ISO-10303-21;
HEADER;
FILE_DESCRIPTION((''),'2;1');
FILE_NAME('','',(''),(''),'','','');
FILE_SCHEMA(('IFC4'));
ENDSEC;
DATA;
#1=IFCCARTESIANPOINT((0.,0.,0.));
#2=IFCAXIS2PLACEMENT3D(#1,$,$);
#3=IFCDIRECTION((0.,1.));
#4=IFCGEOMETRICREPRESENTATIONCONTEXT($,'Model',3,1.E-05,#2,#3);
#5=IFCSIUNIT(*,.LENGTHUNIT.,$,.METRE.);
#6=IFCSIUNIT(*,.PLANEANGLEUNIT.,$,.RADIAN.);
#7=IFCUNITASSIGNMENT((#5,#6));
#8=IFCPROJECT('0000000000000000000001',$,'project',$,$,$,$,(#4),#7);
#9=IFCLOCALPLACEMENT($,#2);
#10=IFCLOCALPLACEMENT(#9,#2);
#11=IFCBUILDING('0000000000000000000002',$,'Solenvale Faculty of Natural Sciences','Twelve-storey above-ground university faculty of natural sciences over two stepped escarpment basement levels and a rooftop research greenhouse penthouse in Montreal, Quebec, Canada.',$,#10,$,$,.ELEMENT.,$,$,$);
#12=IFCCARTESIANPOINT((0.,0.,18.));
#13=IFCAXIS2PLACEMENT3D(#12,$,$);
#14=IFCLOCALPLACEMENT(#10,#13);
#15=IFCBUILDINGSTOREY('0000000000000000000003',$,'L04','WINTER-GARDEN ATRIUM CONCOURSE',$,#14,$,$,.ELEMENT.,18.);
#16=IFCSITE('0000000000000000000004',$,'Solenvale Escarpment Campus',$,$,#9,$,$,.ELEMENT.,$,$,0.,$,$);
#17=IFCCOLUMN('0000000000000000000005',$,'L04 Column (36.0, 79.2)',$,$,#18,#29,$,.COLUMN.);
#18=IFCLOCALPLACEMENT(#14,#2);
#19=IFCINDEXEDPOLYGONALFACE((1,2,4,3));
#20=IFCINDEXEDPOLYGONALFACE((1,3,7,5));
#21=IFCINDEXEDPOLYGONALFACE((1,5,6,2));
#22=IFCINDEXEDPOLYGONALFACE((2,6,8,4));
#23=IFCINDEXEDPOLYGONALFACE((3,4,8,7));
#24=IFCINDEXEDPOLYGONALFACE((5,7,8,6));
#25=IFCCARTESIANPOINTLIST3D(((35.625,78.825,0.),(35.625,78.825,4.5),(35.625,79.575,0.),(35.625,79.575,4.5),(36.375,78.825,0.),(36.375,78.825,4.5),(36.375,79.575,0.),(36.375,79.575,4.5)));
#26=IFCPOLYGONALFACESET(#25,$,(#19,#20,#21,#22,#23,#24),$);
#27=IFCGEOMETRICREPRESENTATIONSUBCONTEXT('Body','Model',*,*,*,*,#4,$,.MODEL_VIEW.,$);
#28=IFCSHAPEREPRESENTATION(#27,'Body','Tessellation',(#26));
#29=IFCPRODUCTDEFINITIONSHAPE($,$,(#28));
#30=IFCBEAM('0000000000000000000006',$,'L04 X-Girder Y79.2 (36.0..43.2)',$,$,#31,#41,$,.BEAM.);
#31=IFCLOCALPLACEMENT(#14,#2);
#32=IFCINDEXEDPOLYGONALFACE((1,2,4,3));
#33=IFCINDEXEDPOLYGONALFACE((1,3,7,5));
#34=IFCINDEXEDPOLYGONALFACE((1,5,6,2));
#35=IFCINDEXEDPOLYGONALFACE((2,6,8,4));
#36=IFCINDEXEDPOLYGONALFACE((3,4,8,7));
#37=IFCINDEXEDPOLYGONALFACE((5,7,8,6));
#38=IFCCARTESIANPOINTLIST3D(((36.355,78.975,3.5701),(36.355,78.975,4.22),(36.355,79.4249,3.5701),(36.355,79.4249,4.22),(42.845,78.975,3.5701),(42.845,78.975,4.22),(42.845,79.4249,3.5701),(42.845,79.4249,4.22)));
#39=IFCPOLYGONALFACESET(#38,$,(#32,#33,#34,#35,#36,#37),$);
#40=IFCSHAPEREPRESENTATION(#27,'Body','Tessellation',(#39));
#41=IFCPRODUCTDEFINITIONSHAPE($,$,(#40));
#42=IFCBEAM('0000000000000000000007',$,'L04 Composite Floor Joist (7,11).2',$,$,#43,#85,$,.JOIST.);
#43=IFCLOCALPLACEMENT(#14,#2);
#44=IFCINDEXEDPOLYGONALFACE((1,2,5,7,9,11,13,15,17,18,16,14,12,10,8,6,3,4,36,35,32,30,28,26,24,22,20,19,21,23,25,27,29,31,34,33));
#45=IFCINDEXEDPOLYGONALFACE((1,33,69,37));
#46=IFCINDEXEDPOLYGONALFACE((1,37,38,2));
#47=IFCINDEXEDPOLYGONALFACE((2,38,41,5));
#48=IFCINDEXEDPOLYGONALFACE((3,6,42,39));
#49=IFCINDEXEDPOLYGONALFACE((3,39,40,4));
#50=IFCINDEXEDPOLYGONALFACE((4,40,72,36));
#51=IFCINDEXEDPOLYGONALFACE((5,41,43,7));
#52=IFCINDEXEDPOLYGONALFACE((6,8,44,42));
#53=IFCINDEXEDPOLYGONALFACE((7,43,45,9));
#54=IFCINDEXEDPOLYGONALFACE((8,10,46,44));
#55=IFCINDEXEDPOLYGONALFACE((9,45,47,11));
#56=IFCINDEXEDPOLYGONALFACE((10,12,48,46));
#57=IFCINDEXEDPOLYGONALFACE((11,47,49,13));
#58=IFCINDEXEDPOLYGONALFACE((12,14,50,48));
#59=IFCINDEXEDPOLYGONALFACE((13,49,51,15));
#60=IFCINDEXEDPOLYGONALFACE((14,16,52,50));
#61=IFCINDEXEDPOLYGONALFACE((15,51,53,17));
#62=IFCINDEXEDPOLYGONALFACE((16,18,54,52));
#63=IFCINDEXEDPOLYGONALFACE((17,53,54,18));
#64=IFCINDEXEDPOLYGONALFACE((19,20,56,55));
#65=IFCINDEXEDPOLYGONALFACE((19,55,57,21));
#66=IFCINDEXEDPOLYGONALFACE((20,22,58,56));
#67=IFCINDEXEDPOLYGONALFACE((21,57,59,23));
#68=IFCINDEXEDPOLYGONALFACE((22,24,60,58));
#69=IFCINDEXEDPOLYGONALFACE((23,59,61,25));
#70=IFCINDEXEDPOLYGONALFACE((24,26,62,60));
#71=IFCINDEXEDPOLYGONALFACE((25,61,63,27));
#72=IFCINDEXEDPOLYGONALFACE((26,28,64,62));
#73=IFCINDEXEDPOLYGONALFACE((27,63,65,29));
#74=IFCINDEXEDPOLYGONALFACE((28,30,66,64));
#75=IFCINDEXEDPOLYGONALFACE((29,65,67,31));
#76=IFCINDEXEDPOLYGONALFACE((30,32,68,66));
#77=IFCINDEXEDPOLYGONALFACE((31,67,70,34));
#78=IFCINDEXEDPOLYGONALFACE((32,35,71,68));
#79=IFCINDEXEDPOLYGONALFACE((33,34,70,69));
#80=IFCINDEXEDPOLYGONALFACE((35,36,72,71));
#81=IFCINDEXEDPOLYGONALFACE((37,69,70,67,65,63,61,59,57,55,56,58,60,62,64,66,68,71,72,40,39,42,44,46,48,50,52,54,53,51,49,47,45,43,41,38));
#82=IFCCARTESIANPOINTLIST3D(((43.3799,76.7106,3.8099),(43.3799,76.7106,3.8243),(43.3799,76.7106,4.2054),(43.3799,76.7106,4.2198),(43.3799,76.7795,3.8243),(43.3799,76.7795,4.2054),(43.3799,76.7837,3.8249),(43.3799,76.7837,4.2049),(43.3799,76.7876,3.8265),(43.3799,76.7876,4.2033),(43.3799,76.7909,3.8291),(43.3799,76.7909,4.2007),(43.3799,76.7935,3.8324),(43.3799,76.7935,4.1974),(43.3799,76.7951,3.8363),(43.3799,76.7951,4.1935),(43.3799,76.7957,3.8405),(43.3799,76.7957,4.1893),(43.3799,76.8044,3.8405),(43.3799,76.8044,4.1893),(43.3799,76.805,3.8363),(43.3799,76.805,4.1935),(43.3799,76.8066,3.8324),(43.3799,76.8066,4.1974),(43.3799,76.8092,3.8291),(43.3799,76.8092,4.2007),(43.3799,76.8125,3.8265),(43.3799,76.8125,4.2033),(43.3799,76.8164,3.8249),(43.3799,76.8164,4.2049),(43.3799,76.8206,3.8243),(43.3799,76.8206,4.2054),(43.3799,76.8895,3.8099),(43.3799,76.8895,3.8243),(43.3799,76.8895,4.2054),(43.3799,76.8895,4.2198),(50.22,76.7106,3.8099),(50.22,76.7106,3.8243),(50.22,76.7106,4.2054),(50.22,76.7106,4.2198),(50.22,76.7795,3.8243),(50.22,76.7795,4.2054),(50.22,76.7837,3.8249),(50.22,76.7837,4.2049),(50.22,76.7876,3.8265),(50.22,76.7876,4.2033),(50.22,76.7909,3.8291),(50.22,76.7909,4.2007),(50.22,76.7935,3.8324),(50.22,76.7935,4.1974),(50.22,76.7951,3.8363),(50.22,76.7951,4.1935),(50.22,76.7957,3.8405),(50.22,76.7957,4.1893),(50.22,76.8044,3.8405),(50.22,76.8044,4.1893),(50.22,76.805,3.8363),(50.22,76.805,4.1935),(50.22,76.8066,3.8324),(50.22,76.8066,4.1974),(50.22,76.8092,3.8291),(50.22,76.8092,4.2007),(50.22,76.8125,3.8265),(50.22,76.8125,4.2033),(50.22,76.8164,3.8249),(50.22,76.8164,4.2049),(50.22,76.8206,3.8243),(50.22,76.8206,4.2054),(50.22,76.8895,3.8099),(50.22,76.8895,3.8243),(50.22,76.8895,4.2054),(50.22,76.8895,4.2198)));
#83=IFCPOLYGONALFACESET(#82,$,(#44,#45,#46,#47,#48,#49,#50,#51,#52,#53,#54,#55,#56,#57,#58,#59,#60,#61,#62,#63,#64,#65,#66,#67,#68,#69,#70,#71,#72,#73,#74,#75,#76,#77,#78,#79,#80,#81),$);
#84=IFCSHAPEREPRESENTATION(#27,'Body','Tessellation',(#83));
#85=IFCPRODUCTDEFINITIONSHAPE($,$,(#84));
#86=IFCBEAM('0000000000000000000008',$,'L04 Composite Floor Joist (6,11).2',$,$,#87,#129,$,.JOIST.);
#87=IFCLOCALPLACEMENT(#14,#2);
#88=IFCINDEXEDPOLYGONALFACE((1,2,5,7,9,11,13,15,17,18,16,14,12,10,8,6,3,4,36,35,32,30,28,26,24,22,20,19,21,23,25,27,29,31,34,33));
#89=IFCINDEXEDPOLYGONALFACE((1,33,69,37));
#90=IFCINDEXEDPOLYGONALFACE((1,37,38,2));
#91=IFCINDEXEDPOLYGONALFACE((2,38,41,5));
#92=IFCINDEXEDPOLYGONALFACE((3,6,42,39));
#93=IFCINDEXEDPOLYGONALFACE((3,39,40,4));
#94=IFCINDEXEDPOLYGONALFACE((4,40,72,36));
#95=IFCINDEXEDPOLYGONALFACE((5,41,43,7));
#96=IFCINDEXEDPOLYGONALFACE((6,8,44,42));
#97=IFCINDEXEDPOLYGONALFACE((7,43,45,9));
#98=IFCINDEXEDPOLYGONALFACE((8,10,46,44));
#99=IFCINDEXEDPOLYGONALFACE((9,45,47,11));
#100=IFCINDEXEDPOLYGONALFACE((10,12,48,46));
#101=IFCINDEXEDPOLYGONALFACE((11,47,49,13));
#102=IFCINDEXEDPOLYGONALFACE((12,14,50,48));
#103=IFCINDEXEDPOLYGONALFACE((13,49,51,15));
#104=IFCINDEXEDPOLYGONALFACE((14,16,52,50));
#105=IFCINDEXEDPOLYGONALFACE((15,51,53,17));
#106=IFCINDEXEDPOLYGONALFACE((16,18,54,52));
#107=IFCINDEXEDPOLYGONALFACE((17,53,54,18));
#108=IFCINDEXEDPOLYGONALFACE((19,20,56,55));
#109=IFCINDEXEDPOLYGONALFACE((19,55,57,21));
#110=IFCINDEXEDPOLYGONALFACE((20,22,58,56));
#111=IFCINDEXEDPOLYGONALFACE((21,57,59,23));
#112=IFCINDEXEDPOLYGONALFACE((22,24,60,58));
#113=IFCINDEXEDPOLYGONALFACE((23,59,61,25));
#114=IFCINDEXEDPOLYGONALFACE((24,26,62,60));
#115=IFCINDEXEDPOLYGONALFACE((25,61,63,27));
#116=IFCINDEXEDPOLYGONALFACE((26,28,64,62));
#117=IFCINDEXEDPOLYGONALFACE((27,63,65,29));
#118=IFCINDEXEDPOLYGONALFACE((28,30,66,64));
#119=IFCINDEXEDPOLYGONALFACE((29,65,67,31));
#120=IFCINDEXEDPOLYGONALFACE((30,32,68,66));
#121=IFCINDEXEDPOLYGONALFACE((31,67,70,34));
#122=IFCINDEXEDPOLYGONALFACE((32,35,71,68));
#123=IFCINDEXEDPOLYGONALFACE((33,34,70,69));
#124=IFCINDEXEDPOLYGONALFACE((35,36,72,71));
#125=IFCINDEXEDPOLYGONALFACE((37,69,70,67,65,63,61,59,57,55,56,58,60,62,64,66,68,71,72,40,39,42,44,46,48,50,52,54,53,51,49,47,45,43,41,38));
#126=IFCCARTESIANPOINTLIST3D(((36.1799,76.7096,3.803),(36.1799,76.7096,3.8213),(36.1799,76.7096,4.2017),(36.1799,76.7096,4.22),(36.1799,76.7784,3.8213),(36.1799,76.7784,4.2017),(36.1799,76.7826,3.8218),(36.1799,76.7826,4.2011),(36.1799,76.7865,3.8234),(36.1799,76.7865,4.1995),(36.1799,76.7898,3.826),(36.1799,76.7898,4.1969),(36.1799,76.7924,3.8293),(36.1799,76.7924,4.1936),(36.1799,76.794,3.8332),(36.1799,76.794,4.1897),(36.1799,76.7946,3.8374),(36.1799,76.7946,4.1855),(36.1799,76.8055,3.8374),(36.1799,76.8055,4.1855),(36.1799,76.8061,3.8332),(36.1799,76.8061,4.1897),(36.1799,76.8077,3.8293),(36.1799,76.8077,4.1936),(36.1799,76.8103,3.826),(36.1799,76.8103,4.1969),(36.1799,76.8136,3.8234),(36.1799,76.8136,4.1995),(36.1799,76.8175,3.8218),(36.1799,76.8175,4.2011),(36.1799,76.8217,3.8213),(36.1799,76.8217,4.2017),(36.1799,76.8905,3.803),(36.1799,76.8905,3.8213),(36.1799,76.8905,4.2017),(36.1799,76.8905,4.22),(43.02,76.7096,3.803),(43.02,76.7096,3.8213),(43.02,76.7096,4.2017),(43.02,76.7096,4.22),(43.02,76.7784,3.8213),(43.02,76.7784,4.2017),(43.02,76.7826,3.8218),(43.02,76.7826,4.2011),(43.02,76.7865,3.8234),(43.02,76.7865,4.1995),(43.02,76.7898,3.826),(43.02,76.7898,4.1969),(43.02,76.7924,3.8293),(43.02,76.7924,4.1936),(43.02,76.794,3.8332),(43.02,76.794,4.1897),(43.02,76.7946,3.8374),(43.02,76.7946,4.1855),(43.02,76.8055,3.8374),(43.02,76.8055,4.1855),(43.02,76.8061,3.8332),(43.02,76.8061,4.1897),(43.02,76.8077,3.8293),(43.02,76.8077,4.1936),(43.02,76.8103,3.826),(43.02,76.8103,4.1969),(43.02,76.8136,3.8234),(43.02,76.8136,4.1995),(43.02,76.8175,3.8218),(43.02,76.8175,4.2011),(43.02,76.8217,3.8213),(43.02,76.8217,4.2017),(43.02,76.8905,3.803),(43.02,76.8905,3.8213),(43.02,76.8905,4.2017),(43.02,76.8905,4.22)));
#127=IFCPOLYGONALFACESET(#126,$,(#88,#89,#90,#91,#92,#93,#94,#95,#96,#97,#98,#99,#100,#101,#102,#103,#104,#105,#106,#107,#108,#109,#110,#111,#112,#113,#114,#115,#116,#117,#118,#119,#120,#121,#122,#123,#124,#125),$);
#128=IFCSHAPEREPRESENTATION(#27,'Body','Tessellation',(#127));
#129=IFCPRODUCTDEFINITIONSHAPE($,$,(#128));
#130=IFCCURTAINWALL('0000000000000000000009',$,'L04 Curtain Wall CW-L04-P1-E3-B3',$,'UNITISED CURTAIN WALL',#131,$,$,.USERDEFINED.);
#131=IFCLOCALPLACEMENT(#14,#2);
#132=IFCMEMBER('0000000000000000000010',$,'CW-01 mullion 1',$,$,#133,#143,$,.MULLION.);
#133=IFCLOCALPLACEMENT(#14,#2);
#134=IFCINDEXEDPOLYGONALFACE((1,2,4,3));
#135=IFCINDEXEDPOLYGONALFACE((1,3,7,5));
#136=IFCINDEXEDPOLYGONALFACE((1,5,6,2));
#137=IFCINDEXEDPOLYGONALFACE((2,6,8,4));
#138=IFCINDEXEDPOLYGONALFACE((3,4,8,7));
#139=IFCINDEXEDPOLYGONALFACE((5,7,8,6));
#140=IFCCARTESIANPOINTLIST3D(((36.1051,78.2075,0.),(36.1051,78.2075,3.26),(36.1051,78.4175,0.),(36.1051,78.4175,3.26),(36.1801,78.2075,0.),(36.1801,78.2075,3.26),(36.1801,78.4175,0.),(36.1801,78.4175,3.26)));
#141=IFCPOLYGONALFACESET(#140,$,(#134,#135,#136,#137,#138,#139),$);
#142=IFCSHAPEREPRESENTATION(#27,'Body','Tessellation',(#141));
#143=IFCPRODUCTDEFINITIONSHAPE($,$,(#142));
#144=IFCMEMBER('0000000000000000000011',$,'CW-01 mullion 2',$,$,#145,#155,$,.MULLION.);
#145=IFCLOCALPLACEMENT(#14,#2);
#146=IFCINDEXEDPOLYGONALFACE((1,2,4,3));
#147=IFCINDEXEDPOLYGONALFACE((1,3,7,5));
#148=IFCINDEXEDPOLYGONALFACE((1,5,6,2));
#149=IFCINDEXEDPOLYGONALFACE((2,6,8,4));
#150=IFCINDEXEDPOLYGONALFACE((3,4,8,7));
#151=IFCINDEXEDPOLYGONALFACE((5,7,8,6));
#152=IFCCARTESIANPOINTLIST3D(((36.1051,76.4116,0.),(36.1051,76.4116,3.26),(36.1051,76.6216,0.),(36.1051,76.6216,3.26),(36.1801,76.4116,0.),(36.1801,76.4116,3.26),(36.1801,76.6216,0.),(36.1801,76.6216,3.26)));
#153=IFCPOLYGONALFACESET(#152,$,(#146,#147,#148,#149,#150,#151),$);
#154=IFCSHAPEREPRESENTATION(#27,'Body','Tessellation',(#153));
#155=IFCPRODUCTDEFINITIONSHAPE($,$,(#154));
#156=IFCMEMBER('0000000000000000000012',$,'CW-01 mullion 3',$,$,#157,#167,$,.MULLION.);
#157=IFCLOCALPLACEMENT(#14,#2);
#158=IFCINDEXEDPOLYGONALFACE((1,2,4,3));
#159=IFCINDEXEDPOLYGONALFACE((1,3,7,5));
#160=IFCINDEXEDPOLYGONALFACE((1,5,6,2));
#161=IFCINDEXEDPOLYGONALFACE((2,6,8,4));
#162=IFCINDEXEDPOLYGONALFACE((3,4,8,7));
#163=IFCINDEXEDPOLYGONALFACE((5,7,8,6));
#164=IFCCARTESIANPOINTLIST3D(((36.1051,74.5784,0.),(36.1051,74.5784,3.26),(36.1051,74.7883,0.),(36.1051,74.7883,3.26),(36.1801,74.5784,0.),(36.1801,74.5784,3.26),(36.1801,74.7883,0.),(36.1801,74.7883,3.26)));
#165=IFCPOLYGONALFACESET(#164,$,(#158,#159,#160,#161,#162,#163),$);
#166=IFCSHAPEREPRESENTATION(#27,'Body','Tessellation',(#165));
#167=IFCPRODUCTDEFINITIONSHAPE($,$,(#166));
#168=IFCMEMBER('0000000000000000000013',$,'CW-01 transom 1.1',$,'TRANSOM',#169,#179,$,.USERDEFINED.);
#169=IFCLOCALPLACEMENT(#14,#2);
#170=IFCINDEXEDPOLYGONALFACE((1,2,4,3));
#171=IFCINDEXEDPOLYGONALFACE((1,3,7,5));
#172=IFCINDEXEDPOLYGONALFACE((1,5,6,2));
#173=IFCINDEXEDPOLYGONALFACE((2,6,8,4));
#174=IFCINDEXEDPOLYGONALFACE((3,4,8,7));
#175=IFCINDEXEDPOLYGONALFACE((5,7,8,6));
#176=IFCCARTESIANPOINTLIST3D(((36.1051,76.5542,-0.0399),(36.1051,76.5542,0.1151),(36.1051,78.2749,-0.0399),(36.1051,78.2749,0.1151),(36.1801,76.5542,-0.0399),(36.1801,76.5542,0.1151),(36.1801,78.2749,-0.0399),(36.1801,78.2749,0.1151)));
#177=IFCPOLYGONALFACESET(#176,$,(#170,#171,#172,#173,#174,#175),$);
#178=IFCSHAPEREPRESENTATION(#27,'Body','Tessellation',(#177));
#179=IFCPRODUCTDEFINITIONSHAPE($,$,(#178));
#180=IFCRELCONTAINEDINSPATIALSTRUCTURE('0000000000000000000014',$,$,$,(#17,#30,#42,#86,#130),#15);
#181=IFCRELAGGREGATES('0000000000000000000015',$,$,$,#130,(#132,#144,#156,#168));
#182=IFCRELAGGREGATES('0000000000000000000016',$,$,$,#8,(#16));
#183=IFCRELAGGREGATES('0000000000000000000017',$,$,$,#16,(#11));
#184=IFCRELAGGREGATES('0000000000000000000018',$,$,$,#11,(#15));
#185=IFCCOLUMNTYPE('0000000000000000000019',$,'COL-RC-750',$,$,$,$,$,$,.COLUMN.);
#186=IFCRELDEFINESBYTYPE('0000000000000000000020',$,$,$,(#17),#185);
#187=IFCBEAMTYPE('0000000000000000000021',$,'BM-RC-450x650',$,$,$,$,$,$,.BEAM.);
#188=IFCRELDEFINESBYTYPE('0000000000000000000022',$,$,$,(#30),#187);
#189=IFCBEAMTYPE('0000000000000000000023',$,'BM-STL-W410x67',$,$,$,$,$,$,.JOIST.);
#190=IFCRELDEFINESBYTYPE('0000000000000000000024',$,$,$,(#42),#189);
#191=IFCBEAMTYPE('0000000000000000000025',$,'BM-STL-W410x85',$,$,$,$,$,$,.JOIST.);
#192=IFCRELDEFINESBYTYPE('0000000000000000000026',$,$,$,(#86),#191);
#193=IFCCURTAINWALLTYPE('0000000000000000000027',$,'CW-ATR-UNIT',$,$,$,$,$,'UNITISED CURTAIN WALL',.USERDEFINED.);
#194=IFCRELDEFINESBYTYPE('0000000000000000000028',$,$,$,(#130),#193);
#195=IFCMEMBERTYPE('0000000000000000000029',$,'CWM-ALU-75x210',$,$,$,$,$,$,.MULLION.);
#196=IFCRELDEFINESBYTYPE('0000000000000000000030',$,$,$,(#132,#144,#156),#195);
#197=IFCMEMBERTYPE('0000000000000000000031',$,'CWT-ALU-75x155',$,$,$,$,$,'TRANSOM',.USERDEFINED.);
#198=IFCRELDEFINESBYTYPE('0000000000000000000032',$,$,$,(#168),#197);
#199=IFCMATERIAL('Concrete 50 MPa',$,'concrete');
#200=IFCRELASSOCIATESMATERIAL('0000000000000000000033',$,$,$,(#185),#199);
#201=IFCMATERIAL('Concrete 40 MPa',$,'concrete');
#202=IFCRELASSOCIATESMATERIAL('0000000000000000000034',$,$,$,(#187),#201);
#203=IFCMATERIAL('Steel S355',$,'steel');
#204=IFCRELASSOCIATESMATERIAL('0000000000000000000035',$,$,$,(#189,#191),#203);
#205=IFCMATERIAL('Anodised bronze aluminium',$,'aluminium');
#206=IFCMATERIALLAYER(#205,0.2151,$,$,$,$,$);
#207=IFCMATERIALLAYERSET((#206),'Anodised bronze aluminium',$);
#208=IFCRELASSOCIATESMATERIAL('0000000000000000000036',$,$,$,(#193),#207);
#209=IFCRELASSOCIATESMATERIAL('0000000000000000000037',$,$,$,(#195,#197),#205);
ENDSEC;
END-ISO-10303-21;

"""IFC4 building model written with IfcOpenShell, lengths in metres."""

from ifc_helpers import new_model, si_unit, direction, frame, origin, origin_2d, place, context, subcontext, project, spatial, rectangle, i_section, extrude, material, layer, layer_set, material_profile, profile_set, type_object, element, aggregate, save


model = new_model("IFC4")

# Units and contexts
model_context = context("Model", 3, precision=1e-05, world=origin(), true_north=direction((0.0, 1.0)))
body_context = subcontext(model_context, "Body", "Model", "MODEL_VIEW")
ifc_project = project(units=[si_unit("LENGTHUNIT", "METRE"), si_unit("PLANEANGLEUNIT", "RADIAN")], contexts=[model_context])

# Site, building, storey
site_placement = place(None, origin())
site = spatial("IfcSite", under=ifc_project, at=site_placement, Name="Solenvale Escarpment Campus", CompositionType="ELEMENT", RefElevation=0.0)
building_placement = place(site_placement, origin())
building = spatial("IfcBuilding", under=site, at=building_placement, Name="Solenvale Faculty of Natural Sciences", Description="Twelve-storey above-ground university faculty of natural sciences over two stepped escarpment basement levels and a rooftop research greenhouse penthouse in Montreal, Quebec, Canada.", CompositionType="ELEMENT")
storey_placement = place(building_placement, frame((0.0, 0.0, 18.0)))
storey = spatial("IfcBuildingStorey", under=building, at=storey_placement, Name="L04", Description="WINTER-GARDEN ATRIUM CONCOURSE", CompositionType="ELEMENT", Elevation=18.0)

# Column
ifc_material_1 = material(Name="Concrete 50 MPa", Category="concrete")
ifc_material_profile_1 = material_profile(ifc_material_1, rectangle(XDim=0.75, YDim=0.75, at=origin_2d()), Name="RC-COL-750x750")
ifc_profile_set_1 = profile_set([ifc_material_profile_1], Name="Concrete 50 MPa")
column_type = type_object("IfcColumnType", Name="COL-RC-750", PredefinedType="COLUMN", material=ifc_profile_set_1)
column_placement = place(storey_placement, frame((36.0, 79.2, 0.0), z_axis=(0.0, 0.0, 1.0), x_axis=(1.0, 0.0, 0.0)))
element("IfcColumn", 1, at=column_placement, inside=storey, type_object=column_type, Name="L04 Column (36.0, 79.2)", PredefinedType="COLUMN", context=body_context, shape_type="SweptSolid", body=[
    extrude(rectangle(XDim=0.75, YDim=0.75, at=origin_2d()), origin(), (0.0, 0.0, 1.0), 4.5),
])

# Beams
ifc_material_2 = material(Name="Concrete 40 MPa", Category="concrete")
ifc_material_profile_2 = material_profile(ifc_material_2, rectangle(XDim=0.45, YDim=0.6499, at=origin_2d()), Name="RC-BM-450x650")
ifc_profile_set_2 = profile_set([ifc_material_profile_2], Name="Concrete 40 MPa")
beam_type_1 = type_object("IfcBeamType", Name="BM-RC-450x650", PredefinedType="BEAM", material=ifc_profile_set_2)
beam_1_placement = place(storey_placement, frame((36.355, 79.2, 3.895), z_axis=(1.0, 0.0, 0.0), x_axis=(0.0, 1.0, 0.0)))
element("IfcBeam", 2, at=beam_1_placement, inside=storey, type_object=beam_type_1, Name="L04 X-Girder Y79.2 (36.0..43.2)", PredefinedType="BEAM", context=body_context, shape_type="SweptSolid", body=[
    extrude(rectangle(XDim=0.45, YDim=0.6499, at=origin_2d()), origin(), (0.0, 0.0, 1.0), 6.49),
])
ifc_material_3 = material(Name="Steel S355", Category="steel")
ifc_material_profile_3 = material_profile(ifc_material_3, i_section(OverallWidth=0.179, OverallDepth=0.4099, WebThickness=0.0088, FlangeThickness=0.0144, FilletRadius=0.0161, at=origin_2d()), Name="W410x67")
ifc_profile_set_3 = profile_set([ifc_material_profile_3], Name="Steel S355")
beam_type_2 = type_object("IfcBeamType", Name="BM-STL-W410x67", PredefinedType="JOIST", material=ifc_profile_set_3)
beam_2_placement = place(storey_placement, frame((43.3799, 76.8, 4.0149), z_axis=(1.0, 0.0, 0.0), x_axis=(0.0, 1.0, 0.0)))
element("IfcBeam", 3, at=beam_2_placement, inside=storey, type_object=beam_type_2, Name="L04 Composite Floor Joist (7,11).2", PredefinedType="JOIST", context=body_context, shape_type="SweptSolid", body=[
    extrude(i_section(OverallWidth=0.179, OverallDepth=0.4099, WebThickness=0.0088, FlangeThickness=0.0144, FilletRadius=0.0161, at=origin_2d()), origin(), (0.0, 0.0, 1.0), 6.8401),
])
ifc_material_profile_4 = material_profile(ifc_material_3, i_section(OverallWidth=0.1809, OverallDepth=0.417, WebThickness=0.011, FlangeThickness=0.0183, FilletRadius=0.0161, at=origin_2d()), Name="W410x85")
ifc_profile_set_4 = profile_set([ifc_material_profile_4], Name="Steel S355")
beam_type_3 = type_object("IfcBeamType", Name="BM-STL-W410x85", PredefinedType="JOIST", material=ifc_profile_set_4)
beam_3_placement = place(storey_placement, frame((36.1799, 76.8, 4.0115), z_axis=(1.0, 0.0, 0.0), x_axis=(0.0, 1.0, 0.0)))
element("IfcBeam", 4, at=beam_3_placement, inside=storey, type_object=beam_type_3, Name="L04 Composite Floor Joist (6,11).2", PredefinedType="JOIST", context=body_context, shape_type="SweptSolid", body=[
    extrude(i_section(OverallWidth=0.1809, OverallDepth=0.417, WebThickness=0.011, FlangeThickness=0.0183, FilletRadius=0.0161, at=origin_2d()), origin(), (0.0, 0.0, 1.0), 6.8401),
])

# Curtain wall, members
ifc_material_4 = material(Name="Anodised bronze aluminium", Category="aluminium")
ifc_layer_1 = layer(ifc_material_4, 0.2151)
ifc_layer_set_1 = layer_set([ifc_layer_1], Name="Anodised bronze aluminium")
curtain_wall_type = type_object("IfcCurtainWallType", Name="CW-ATR-UNIT", ElementType="UNITISED CURTAIN WALL", PredefinedType="USERDEFINED", material=ifc_layer_set_1)
curtain_wall_placement = place(storey_placement, origin())
curtain_wall = element("IfcCurtainWall", 5, at=curtain_wall_placement, inside=storey, type_object=curtain_wall_type, Name="L04 Curtain Wall CW-L04-P1-E3-B3", ObjectType="UNITISED CURTAIN WALL", PredefinedType="USERDEFINED")
ifc_material_profile_5 = material_profile(ifc_material_4, rectangle(XDim=0.075, YDim=0.21, at=origin_2d()), Name="ALU-MUL-75x210")
ifc_profile_set_5 = profile_set([ifc_material_profile_5], Name="Anodised bronze aluminium")
member_type_1 = type_object("IfcMemberType", Name="CWM-ALU-75x210", PredefinedType="MULLION", material=ifc_profile_set_5)
member_1_placement = place(storey_placement, frame((36.1426, 78.3125, 0.0), z_axis=(0.0, 0.0, 1.0), x_axis=(1.0, 0.0, 0.0)))
member_1 = element("IfcMember", 6, at=member_1_placement, type_object=member_type_1, Name="CW-01 mullion 1", PredefinedType="MULLION", context=body_context, shape_type="SweptSolid", body=[
    extrude(rectangle(XDim=0.075, YDim=0.21, at=origin_2d()), origin(), (0.0, 0.0, 1.0), 3.26),
])
member_2_placement = place(storey_placement, frame((36.1426, 76.5166, 0.0), z_axis=(0.0, 0.0, 1.0), x_axis=(1.0, 0.0, 0.0)))
member_2 = element("IfcMember", 7, at=member_2_placement, type_object=member_type_1, Name="CW-01 mullion 2", PredefinedType="MULLION", context=body_context, shape_type="SweptSolid", body=[
    extrude(rectangle(XDim=0.075, YDim=0.21, at=origin_2d()), origin(), (0.0, 0.0, 1.0), 3.26),
])
member_3_placement = place(storey_placement, frame((36.1426, 74.6833, 0.0), z_axis=(0.0, 0.0, 1.0), x_axis=(1.0, 0.0, 0.0)))
member_3 = element("IfcMember", 8, at=member_3_placement, type_object=member_type_1, Name="CW-01 mullion 3", PredefinedType="MULLION", context=body_context, shape_type="SweptSolid", body=[
    extrude(rectangle(XDim=0.075, YDim=0.21, at=origin_2d()), origin(), (0.0, 0.0, 1.0), 3.26),
])
ifc_material_profile_6 = material_profile(ifc_material_4, rectangle(XDim=0.075, YDim=0.155, at=origin_2d()), Name="ALU-TRN-75x155")
ifc_profile_set_6 = profile_set([ifc_material_profile_6], Name="Anodised bronze aluminium")
member_type_2 = type_object("IfcMemberType", Name="CWT-ALU-75x155", ElementType="TRANSOM", PredefinedType="USERDEFINED", material=ifc_profile_set_6)
member_4_placement = place(storey_placement, frame((36.1426, 78.2749, 0.0376), z_axis=(0.0, -1.0, 0.0), x_axis=(1.0, 0.0, 0.0)))
member_4 = element("IfcMember", 9, at=member_4_placement, type_object=member_type_2, Name="CW-01 transom 1.1", ObjectType="TRANSOM", PredefinedType="USERDEFINED", context=body_context, shape_type="SweptSolid", body=[
    extrude(rectangle(XDim=0.075, YDim=0.155, at=origin_2d()), origin(), (0.0, 0.0, 1.0), 1.7207),
])
aggregate(curtain_wall, [member_1, member_2, member_3, member_4])

save(model, "model.ifc")
